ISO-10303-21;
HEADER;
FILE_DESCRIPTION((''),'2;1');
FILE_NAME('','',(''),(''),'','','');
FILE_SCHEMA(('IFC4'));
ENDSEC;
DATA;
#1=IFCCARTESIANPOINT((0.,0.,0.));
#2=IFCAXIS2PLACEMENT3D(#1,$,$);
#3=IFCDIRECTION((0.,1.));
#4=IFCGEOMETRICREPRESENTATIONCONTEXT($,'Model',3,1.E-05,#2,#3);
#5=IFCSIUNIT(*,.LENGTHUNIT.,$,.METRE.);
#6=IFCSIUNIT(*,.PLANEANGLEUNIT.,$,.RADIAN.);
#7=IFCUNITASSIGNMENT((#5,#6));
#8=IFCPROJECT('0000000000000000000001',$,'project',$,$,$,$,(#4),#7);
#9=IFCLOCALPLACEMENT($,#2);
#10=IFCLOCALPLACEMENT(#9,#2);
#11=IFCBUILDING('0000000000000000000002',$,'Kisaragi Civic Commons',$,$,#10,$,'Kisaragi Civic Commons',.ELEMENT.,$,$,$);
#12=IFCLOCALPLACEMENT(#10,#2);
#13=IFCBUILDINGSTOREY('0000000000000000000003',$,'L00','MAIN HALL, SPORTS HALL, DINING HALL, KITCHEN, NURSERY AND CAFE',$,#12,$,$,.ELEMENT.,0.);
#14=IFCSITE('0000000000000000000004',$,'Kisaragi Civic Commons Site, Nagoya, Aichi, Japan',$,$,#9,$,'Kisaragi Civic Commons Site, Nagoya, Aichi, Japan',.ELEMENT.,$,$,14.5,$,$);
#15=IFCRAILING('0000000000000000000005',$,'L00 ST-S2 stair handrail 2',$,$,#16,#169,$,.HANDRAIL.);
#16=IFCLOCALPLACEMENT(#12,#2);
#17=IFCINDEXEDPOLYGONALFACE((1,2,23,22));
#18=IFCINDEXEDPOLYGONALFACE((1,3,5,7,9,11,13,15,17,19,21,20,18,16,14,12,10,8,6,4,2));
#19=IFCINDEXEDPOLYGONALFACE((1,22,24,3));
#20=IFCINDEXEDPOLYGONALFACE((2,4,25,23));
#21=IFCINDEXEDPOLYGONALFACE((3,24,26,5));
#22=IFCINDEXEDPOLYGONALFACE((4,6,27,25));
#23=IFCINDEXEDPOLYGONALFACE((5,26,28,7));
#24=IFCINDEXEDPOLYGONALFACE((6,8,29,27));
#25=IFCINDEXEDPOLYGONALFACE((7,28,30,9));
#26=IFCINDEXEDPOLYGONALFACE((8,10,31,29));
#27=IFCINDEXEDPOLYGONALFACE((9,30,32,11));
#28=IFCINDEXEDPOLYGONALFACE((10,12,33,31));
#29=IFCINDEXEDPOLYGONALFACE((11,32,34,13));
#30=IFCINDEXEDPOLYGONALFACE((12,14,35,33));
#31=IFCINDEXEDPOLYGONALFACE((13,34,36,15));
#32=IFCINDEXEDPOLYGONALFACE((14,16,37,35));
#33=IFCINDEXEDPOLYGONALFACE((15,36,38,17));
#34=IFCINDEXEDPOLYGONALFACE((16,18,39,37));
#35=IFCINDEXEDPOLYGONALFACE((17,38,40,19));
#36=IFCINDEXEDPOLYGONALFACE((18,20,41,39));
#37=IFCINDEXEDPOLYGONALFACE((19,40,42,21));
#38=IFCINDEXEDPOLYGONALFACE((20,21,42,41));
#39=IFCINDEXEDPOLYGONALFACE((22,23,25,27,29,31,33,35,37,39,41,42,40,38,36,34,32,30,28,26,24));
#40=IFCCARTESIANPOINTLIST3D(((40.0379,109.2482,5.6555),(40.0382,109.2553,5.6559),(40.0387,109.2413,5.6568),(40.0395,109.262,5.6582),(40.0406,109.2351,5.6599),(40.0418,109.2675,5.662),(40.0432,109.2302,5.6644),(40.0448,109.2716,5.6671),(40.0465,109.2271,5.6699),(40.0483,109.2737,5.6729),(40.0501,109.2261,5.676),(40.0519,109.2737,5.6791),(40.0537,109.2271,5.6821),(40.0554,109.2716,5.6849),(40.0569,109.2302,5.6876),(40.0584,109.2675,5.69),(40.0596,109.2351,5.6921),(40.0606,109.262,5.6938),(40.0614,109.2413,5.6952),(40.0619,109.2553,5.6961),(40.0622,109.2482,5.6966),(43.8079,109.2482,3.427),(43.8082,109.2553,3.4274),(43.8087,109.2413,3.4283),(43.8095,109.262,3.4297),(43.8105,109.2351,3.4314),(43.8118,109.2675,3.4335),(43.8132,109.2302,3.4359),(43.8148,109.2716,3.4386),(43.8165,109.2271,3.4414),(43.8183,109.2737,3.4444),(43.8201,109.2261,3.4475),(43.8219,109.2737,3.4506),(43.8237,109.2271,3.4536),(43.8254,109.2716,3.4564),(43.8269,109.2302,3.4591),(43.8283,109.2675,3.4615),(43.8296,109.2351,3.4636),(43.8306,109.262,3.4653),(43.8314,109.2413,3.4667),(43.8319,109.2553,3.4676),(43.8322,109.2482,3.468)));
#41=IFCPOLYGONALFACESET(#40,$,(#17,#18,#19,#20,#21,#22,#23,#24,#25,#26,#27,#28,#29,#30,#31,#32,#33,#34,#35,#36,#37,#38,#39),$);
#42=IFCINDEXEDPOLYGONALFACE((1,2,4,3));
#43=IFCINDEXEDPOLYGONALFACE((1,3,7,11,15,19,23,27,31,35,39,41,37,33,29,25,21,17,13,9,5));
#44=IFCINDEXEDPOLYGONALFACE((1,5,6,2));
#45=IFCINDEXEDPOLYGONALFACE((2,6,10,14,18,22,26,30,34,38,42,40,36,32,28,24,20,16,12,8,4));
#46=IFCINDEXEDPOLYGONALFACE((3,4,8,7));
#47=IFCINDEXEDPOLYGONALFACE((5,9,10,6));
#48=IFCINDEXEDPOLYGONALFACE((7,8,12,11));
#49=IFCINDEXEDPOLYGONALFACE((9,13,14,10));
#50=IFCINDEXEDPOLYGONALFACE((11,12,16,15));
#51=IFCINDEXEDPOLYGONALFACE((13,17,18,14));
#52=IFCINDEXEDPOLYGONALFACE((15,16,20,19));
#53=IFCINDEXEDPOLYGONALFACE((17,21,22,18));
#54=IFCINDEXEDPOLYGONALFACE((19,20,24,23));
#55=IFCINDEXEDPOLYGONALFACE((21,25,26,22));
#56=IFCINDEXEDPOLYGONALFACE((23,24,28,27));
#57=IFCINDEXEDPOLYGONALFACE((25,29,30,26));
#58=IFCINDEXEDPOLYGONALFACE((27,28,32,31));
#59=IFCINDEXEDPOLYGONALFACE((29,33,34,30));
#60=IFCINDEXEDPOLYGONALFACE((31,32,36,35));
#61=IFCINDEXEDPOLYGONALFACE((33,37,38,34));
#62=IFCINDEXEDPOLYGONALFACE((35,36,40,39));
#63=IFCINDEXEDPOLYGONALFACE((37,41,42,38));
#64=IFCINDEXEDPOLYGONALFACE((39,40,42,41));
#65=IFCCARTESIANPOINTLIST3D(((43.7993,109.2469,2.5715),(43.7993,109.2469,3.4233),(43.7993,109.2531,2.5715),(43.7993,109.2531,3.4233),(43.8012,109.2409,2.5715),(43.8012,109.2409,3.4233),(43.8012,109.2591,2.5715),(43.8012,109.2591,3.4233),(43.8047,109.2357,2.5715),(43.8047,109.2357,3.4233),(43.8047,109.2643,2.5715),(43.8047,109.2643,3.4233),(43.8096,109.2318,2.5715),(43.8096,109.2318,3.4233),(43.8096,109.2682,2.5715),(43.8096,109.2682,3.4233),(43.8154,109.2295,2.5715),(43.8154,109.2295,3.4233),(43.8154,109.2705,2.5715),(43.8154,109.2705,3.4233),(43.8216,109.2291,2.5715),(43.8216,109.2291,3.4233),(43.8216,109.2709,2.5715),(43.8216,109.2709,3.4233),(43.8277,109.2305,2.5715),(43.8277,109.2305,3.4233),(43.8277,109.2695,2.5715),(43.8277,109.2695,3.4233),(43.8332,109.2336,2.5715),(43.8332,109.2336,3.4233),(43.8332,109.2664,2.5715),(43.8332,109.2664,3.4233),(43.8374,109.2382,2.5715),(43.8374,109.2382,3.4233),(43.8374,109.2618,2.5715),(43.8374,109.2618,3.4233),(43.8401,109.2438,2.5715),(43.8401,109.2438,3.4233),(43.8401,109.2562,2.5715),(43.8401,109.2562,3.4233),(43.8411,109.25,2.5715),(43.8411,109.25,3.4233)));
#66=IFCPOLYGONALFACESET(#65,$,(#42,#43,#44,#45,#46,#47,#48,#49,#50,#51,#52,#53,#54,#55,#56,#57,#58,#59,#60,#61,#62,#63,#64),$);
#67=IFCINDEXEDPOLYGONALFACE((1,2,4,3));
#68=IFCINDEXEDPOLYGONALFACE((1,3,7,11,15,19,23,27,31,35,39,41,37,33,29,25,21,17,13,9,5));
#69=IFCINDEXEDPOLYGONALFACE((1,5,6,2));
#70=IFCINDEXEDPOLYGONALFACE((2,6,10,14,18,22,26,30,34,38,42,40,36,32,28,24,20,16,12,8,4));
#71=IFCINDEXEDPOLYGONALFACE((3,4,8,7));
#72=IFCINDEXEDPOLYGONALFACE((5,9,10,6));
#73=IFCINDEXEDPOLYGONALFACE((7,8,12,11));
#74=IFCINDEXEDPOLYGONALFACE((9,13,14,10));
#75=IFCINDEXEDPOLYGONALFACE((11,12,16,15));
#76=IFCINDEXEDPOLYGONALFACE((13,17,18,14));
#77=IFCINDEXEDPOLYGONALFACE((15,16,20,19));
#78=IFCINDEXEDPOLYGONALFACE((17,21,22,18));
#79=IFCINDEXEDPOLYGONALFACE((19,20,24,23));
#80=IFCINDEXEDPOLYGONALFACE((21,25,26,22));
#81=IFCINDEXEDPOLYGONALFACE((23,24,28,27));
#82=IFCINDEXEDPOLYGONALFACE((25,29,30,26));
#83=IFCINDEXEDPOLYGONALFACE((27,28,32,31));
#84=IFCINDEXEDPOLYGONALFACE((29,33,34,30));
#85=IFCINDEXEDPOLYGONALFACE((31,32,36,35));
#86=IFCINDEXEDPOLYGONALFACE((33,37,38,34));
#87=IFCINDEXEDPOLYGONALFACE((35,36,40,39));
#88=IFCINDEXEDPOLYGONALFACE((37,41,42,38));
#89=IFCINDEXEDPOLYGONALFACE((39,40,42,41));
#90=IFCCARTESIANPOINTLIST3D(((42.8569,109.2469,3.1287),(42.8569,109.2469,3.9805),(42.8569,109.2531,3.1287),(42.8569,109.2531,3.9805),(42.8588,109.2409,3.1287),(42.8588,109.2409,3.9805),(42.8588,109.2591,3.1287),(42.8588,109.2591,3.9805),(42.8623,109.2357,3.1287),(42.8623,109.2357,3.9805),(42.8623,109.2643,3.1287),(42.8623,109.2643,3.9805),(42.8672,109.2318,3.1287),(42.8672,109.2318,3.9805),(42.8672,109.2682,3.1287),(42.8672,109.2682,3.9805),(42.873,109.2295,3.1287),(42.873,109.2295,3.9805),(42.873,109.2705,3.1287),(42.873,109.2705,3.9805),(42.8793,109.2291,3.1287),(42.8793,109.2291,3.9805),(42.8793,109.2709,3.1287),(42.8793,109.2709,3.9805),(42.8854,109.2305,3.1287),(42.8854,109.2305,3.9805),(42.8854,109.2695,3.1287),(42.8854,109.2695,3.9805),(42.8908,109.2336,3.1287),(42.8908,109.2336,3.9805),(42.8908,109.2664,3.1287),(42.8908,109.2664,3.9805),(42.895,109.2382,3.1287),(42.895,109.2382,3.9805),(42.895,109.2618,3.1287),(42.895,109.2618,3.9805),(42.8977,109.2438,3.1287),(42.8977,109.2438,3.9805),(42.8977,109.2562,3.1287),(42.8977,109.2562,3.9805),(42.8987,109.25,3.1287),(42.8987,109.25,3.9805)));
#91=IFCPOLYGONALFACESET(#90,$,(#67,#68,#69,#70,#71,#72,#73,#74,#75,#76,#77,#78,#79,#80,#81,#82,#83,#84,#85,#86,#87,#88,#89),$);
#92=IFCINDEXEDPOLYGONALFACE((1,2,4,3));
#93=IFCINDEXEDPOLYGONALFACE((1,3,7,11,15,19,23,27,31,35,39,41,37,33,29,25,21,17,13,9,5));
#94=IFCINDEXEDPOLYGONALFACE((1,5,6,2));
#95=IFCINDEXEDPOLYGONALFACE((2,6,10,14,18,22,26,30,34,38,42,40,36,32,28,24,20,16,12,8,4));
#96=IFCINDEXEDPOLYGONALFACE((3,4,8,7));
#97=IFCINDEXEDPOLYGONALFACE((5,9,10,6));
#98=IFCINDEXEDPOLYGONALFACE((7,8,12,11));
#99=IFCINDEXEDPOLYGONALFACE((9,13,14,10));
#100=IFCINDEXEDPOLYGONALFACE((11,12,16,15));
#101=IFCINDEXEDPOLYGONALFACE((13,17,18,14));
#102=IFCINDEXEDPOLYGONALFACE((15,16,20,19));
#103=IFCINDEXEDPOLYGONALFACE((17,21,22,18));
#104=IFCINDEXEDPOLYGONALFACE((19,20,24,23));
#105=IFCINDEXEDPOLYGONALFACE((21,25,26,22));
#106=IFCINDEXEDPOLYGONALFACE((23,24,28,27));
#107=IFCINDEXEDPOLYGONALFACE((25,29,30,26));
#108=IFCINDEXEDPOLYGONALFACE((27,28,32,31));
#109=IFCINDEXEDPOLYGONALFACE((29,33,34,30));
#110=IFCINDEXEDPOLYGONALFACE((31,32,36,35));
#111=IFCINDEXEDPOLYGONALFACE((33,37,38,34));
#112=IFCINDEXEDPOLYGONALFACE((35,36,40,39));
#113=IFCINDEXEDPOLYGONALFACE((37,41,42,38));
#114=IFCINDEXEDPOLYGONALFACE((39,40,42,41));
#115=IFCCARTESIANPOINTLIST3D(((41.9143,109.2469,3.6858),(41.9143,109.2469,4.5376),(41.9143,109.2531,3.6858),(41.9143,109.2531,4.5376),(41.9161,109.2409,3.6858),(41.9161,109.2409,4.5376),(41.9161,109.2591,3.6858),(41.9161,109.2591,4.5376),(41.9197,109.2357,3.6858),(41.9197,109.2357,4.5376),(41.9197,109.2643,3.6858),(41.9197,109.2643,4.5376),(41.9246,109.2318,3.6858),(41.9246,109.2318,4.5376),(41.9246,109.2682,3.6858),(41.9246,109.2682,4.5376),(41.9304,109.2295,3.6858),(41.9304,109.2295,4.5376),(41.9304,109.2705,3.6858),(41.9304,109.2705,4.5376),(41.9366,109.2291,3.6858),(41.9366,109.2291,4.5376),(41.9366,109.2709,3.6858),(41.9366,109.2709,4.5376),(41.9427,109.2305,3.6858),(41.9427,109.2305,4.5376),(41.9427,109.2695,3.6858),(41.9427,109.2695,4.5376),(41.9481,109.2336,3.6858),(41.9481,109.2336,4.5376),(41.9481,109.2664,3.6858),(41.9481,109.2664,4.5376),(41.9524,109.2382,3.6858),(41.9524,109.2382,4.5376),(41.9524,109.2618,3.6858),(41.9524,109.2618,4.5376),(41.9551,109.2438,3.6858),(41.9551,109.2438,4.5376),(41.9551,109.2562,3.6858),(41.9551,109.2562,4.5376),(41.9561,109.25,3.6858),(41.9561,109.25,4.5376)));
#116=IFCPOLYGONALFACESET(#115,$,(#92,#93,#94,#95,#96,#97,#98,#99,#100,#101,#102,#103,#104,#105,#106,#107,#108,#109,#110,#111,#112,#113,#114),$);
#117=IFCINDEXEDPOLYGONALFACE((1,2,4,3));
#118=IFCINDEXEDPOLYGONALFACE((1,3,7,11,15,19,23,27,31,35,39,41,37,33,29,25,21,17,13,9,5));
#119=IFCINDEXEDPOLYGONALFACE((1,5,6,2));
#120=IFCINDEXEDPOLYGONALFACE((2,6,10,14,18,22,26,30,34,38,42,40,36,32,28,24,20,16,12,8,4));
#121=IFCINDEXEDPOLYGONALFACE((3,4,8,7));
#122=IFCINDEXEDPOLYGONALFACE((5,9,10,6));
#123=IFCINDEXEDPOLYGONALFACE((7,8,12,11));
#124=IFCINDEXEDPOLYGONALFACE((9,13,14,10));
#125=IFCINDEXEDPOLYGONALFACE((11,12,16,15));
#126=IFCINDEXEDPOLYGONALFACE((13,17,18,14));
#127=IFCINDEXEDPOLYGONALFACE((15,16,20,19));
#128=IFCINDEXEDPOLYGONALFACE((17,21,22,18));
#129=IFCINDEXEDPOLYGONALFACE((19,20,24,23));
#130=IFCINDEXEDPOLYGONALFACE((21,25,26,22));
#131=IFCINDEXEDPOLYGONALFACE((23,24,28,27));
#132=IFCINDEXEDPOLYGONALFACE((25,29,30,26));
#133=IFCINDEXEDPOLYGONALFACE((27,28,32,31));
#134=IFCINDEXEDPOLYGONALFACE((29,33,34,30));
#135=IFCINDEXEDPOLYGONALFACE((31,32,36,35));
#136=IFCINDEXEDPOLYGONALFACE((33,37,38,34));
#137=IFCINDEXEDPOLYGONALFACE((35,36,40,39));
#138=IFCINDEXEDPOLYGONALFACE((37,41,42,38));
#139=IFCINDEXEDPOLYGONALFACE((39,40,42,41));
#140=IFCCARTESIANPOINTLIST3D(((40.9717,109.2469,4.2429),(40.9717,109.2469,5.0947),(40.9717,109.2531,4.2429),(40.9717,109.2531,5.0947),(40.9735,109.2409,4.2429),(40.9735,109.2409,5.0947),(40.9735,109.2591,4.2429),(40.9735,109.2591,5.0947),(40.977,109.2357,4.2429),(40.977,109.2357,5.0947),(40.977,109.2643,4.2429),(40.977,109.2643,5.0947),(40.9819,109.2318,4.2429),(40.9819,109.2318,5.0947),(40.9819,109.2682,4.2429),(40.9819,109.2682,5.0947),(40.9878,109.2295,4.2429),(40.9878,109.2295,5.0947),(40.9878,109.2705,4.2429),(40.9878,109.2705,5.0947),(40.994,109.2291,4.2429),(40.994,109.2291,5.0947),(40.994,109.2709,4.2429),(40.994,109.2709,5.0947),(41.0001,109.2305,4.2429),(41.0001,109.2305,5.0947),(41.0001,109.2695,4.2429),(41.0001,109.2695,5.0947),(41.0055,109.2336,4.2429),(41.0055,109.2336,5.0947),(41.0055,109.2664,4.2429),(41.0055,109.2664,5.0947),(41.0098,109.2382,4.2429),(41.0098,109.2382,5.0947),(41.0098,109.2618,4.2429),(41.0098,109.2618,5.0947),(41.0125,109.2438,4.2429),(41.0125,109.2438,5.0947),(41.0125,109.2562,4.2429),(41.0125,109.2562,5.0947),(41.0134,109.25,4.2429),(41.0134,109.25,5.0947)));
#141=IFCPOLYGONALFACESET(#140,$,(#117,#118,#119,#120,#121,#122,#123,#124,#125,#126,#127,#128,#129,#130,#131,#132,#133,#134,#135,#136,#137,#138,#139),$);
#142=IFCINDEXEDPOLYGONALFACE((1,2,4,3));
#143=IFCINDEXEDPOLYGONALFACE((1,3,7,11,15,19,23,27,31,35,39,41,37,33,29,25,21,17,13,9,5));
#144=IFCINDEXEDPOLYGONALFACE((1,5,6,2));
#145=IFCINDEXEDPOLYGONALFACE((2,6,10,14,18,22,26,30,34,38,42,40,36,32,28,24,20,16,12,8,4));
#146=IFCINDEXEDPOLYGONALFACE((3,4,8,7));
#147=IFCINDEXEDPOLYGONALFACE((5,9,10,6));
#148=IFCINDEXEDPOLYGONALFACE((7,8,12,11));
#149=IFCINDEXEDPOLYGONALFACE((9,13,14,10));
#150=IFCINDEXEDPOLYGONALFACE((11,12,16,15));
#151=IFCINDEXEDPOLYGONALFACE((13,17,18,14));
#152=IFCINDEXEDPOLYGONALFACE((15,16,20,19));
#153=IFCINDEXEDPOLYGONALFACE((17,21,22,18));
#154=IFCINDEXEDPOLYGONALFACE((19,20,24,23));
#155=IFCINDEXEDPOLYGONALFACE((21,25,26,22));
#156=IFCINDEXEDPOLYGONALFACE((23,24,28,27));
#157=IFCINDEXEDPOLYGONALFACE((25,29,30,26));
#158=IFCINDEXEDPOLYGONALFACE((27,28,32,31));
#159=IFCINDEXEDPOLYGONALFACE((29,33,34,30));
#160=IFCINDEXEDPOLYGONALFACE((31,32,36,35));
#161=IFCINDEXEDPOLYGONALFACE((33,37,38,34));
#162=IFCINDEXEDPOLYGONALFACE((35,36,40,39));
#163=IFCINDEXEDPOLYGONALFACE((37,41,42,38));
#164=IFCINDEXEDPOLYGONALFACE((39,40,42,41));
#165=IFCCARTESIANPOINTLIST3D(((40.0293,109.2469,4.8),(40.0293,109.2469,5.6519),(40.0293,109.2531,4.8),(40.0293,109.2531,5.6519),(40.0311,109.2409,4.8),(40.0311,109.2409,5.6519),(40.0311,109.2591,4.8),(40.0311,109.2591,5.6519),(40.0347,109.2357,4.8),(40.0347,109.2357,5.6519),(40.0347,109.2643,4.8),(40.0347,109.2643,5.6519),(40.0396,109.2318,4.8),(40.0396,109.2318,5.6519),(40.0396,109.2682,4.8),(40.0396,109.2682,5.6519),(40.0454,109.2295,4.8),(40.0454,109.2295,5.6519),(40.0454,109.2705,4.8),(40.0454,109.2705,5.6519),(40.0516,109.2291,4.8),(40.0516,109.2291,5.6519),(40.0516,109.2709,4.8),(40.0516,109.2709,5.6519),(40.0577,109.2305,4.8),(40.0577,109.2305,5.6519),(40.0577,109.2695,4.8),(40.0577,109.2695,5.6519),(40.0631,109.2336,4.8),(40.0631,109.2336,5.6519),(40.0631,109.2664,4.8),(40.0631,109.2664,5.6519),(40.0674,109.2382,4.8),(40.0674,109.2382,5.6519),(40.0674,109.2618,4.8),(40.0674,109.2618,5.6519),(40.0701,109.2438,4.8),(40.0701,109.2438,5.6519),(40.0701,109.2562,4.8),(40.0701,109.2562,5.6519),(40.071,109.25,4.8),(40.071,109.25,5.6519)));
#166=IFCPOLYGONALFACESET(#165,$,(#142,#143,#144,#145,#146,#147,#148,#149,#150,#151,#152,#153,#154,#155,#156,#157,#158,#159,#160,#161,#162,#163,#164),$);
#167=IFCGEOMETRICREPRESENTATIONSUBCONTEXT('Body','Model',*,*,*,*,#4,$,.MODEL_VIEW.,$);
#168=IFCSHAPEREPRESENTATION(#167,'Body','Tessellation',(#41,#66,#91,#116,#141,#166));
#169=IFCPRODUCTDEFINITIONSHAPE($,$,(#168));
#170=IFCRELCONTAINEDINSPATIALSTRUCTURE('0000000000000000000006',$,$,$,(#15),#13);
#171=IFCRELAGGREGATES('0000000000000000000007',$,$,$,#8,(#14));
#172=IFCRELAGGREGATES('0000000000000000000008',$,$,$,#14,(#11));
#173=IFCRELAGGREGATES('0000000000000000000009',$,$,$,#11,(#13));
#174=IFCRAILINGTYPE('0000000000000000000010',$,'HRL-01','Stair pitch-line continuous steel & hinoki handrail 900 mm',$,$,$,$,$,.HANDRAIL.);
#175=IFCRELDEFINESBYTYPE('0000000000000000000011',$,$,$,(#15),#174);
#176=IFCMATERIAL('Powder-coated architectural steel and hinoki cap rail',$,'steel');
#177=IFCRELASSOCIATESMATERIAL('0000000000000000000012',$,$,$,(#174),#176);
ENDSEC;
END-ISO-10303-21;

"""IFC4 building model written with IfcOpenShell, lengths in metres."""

from ifc_helpers import new_model, si_unit, direction, frame, origin, origin_2d, place, context, subcontext, project, spatial, circle, extrude, material, type_object, element, save


model = new_model("IFC4")

# Units and contexts
model_context = context("Model", 3, precision=1e-05, world=origin(), true_north=direction((0.0, 1.0)))
body_context = subcontext(model_context, "Body", "Model", "MODEL_VIEW")
ifc_project = project(units=[si_unit("LENGTHUNIT", "METRE"), si_unit("PLANEANGLEUNIT", "RADIAN")], contexts=[model_context])

# Site, building, storey
site_placement = place(None, origin())
site = spatial("IfcSite", under=ifc_project, at=site_placement, Name="Kisaragi Civic Commons Site, Nagoya, Aichi, Japan", LongName="Kisaragi Civic Commons Site, Nagoya, Aichi, Japan", CompositionType="ELEMENT", RefElevation=14.5)
building_placement = place(site_placement, origin())
building = spatial("IfcBuilding", under=site, at=building_placement, Name="Kisaragi Civic Commons", LongName="Kisaragi Civic Commons", CompositionType="ELEMENT")
storey_placement = place(building_placement, origin())
storey = spatial("IfcBuildingStorey", under=building, at=storey_placement, Name="L00", Description="MAIN HALL, SPORTS HALL, DINING HALL, KITCHEN, NURSERY AND CAFE", CompositionType="ELEMENT", Elevation=0.0)

# Railing
ifc_material_1 = material(Name="Powder-coated architectural steel and hinoki cap rail", Category="steel")
railing_type_1 = type_object("IfcRailingType", Name="HRL-01", Description="Stair pitch-line continuous steel & hinoki handrail 900 mm", PredefinedType="HANDRAIL", material=ifc_material_1)
railing_1_placement = place(storey_placement, frame((43.8201, 109.25, 2.5715)))
element("IfcRailing", 1, at=railing_1_placement, inside=storey, type_object=railing_type_1, Name="L00 ST-S2 stair handrail 2", PredefinedType="HANDRAIL", context=body_context, shape_type="SweptSolid", body=[
    extrude(circle(Radius=0.0239, at=origin_2d()), frame((0.0, 0.0, 0.876), z_axis=(-0.860849, 0.0, 0.508861), x_axis=(0.0, -1.0, 0.0)), (0.0, 0.0, 1.0), 4.3794),
    extrude(circle(Radius=0.021, at=origin_2d()), origin(), (0.0, 0.0, 1.0), 0.8518),
    extrude(circle(Radius=0.021, at=origin_2d()), frame((-0.9424, 0.0, 0.5571)), (0.0, 0.0, 1.0), 0.8518),
    extrude(circle(Radius=0.021, at=origin_2d()), frame((-1.885, 0.0, 1.1143)), (0.0, 0.0, 1.0), 0.8518),
    extrude(circle(Radius=0.021, at=origin_2d()), frame((-2.8276, 0.0, 1.6714)), (0.0, 0.0, 1.0), 0.8518),
    extrude(circle(Radius=0.021, at=origin_2d()), frame((-3.77, 0.0, 2.2285)), (0.0, 0.0, 1.0), 0.8518),
])

save(model, "model.ifc")
